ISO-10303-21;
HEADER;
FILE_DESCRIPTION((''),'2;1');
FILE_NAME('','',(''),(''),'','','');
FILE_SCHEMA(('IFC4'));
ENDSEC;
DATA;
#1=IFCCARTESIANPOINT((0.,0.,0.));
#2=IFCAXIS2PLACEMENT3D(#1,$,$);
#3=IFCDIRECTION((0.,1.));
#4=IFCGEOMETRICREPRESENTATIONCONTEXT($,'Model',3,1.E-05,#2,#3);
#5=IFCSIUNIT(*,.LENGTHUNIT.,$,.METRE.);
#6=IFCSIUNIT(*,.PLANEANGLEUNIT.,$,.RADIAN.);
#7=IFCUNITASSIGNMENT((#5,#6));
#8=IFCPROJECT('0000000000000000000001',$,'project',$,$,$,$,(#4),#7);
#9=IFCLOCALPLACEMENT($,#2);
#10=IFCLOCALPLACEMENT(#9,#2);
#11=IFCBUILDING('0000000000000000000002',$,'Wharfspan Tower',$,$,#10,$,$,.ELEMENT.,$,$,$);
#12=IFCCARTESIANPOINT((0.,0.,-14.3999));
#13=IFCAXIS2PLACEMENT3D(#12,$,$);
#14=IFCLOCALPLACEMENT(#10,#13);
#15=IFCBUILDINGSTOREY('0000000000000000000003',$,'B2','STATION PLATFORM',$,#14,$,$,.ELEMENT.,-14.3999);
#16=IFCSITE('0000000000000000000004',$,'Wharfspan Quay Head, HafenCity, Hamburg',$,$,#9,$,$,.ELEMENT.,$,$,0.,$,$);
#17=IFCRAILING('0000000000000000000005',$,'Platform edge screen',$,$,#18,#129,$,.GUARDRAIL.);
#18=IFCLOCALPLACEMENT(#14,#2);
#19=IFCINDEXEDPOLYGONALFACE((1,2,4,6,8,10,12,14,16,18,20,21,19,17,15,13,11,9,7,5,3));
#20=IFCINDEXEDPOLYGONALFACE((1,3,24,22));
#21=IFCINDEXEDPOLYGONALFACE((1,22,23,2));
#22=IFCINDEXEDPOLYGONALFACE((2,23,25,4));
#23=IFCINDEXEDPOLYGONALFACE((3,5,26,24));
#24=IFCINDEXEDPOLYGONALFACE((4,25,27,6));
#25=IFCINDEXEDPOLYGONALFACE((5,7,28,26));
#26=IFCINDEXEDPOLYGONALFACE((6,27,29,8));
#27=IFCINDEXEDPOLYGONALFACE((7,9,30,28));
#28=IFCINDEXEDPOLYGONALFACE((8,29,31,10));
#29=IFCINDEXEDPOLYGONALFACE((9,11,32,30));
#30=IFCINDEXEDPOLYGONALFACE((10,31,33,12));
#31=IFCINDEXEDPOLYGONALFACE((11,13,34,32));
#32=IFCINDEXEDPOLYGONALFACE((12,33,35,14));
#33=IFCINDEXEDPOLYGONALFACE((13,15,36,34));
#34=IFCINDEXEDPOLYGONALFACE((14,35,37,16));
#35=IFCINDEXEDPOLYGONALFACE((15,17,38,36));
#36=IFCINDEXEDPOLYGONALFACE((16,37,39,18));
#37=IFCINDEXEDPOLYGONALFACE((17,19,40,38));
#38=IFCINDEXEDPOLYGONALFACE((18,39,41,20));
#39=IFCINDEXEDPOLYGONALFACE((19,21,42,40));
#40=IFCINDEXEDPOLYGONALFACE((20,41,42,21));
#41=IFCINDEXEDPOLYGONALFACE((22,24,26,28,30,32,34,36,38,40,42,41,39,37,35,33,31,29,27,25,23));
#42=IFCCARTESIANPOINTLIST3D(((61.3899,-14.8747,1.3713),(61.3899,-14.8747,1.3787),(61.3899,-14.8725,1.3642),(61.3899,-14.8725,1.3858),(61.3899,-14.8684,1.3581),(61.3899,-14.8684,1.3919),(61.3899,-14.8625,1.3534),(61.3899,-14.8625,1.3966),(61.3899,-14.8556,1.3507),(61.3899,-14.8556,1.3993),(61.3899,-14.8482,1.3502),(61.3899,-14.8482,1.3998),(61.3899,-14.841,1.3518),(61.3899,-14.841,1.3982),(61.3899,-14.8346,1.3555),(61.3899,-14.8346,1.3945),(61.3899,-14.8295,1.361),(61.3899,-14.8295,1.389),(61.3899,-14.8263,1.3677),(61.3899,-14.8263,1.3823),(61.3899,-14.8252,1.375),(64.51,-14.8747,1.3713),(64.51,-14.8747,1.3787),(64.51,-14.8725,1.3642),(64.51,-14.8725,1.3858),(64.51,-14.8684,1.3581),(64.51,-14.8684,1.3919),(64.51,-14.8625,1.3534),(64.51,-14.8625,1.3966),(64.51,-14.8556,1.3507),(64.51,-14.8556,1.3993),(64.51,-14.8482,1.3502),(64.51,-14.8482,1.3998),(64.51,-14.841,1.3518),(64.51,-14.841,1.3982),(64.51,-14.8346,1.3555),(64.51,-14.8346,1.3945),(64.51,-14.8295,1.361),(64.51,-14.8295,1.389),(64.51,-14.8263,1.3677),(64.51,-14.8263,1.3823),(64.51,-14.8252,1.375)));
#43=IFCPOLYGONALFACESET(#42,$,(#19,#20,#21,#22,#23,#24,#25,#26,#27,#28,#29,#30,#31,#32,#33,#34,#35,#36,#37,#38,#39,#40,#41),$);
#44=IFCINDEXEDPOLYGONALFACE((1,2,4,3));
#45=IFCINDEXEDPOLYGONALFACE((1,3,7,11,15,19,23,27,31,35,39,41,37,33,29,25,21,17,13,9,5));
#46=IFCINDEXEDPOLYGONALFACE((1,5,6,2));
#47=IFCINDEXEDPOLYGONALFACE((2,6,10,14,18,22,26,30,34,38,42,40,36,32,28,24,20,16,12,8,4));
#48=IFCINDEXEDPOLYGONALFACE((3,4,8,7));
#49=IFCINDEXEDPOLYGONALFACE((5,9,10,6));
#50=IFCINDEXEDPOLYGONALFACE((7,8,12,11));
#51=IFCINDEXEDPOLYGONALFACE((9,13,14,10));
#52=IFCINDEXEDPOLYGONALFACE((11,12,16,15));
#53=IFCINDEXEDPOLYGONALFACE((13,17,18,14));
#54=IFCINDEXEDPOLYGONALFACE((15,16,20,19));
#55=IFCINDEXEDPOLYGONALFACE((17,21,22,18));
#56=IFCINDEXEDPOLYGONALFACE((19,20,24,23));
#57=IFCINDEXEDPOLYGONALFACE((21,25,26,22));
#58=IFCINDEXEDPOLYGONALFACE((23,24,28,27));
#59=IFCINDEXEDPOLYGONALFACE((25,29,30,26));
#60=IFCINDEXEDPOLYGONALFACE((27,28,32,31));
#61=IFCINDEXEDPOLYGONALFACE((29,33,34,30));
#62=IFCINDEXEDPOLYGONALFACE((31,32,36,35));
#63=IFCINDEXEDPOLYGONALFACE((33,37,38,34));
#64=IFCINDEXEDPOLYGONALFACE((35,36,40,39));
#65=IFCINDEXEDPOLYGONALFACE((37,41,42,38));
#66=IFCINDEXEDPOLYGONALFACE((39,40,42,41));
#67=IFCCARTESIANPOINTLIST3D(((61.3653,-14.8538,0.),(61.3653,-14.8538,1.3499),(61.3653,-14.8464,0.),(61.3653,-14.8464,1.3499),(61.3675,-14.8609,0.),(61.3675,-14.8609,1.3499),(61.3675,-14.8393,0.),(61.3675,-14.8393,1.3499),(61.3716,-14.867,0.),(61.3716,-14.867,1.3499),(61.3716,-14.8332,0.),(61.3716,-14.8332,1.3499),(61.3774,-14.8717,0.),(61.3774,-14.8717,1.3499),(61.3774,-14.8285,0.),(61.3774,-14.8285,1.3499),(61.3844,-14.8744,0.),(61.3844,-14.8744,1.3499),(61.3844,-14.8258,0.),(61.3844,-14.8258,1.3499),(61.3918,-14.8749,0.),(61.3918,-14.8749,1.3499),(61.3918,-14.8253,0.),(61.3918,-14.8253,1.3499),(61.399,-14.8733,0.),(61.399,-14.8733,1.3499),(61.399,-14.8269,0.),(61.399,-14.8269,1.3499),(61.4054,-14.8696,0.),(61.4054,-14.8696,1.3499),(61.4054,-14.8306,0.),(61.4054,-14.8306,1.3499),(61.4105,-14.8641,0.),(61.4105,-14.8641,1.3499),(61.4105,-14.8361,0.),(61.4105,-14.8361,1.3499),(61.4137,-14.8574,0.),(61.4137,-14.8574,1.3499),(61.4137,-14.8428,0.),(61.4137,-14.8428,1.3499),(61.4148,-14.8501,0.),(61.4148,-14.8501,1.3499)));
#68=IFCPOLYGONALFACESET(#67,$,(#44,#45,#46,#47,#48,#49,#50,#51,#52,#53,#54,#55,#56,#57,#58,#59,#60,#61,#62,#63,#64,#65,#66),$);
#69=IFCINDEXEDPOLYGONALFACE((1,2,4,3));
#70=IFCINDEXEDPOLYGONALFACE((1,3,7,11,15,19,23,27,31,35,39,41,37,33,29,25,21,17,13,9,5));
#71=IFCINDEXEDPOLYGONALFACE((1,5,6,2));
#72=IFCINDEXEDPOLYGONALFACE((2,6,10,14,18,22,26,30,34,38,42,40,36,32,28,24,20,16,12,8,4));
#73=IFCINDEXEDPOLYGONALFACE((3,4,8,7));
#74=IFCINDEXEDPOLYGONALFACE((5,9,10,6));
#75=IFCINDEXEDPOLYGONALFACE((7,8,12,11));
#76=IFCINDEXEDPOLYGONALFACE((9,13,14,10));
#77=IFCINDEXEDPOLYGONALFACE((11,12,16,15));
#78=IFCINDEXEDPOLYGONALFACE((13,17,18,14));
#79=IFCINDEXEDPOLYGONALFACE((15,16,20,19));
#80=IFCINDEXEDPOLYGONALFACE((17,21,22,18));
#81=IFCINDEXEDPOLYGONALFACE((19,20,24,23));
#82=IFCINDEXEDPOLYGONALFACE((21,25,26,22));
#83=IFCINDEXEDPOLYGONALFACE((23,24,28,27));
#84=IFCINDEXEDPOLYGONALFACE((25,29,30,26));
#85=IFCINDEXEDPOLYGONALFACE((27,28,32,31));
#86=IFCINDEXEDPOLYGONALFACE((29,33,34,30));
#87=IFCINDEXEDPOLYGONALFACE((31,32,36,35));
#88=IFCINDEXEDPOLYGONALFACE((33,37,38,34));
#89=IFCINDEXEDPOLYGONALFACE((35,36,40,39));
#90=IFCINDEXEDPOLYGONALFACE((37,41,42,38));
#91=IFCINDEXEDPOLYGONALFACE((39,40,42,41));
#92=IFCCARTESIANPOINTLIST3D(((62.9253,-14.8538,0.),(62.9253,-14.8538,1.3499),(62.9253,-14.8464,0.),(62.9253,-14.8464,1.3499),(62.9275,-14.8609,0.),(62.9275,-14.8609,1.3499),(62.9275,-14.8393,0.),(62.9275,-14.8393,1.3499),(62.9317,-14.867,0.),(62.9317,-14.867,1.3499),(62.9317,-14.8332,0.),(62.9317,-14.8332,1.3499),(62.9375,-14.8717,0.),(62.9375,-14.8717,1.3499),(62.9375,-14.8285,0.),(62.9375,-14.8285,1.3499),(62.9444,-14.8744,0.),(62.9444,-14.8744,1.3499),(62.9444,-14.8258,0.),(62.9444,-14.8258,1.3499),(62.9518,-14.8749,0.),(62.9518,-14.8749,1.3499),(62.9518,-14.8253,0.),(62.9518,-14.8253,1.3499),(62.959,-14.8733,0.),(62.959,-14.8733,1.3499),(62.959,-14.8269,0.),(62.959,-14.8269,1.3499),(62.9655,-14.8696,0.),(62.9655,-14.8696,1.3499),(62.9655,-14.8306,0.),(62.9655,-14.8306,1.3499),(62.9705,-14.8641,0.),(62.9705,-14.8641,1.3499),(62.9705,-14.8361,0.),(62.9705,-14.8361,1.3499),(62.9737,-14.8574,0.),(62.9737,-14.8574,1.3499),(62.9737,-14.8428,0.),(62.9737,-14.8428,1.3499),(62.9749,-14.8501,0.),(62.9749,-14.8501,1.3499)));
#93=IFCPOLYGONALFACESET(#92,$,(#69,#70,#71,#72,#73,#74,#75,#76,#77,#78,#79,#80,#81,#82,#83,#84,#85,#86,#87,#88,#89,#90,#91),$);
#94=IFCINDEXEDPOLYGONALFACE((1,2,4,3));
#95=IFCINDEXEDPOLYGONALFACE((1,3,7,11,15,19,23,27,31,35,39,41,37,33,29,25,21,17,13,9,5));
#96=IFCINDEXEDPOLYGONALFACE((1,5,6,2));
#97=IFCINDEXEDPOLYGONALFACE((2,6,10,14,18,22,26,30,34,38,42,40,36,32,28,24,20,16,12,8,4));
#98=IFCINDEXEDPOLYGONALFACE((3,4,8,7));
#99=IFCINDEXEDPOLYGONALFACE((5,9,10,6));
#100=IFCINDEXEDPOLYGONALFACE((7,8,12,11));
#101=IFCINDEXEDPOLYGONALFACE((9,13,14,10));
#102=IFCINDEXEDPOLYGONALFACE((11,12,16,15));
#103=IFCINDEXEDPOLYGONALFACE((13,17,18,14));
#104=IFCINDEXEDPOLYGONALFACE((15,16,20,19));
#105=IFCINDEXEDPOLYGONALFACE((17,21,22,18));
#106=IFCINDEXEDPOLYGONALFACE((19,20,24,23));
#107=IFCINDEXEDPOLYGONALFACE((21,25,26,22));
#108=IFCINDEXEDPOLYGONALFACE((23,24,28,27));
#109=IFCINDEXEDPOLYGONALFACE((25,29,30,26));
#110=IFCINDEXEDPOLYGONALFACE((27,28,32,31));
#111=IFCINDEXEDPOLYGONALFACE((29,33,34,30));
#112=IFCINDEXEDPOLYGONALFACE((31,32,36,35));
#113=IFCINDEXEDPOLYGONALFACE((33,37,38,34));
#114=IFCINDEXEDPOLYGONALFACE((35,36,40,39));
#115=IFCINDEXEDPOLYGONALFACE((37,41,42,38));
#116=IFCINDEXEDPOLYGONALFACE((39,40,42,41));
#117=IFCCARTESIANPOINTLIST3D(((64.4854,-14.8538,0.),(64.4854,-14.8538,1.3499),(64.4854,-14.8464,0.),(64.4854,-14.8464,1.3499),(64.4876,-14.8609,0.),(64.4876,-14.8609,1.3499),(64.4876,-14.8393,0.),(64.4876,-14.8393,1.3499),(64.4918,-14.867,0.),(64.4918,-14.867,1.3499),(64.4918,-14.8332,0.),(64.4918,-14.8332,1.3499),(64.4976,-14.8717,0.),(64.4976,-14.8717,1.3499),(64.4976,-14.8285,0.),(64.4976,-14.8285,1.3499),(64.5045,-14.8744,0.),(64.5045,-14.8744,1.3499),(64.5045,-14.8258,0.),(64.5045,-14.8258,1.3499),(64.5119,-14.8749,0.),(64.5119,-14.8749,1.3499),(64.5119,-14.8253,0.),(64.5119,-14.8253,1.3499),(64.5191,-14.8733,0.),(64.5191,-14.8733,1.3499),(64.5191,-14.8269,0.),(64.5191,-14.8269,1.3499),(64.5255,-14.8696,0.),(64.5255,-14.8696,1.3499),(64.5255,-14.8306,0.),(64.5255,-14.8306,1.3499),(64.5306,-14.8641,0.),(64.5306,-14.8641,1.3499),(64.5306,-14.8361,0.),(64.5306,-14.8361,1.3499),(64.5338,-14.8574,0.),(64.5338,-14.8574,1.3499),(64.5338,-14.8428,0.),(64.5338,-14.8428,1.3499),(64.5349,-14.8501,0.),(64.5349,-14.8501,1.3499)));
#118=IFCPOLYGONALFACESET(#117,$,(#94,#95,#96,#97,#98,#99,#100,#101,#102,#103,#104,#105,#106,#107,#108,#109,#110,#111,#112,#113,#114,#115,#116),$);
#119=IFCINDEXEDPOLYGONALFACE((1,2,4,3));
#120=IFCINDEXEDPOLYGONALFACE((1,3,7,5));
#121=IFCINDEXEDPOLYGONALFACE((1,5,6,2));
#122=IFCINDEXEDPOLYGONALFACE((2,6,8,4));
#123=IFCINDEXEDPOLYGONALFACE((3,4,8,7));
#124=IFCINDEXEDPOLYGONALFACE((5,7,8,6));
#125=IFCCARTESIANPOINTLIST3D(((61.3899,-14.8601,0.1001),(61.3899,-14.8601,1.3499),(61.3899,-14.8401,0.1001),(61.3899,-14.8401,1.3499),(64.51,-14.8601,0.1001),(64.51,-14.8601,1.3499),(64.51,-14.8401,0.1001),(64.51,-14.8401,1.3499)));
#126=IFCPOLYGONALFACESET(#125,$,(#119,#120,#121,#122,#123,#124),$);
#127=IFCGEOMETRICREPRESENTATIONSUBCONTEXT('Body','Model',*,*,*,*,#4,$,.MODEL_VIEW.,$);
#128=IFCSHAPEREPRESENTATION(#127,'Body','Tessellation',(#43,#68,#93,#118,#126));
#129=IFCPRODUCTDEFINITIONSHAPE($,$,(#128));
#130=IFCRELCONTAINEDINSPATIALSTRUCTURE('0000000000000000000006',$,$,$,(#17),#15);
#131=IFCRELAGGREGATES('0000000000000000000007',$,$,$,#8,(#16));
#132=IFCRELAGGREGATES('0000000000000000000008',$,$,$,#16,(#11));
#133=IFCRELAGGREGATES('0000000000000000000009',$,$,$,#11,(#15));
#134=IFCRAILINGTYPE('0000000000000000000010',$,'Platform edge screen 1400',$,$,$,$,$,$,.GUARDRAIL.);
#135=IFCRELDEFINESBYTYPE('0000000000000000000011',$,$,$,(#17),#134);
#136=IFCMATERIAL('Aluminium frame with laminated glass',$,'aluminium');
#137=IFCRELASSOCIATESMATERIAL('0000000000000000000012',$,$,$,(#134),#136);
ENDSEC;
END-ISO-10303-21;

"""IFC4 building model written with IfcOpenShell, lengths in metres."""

from ifc_helpers import new_model, si_unit, direction, frame, origin, origin_2d, place, context, subcontext, project, spatial, rectangle, circle, extrude, material, type_object, element, save


model = new_model("IFC4")

# Units and contexts
model_context = context("Model", 3, precision=1e-05, world=origin(), true_north=direction((0.0, 1.0)))
body_context = subcontext(model_context, "Body", "Model", "MODEL_VIEW")
ifc_project = project(units=[si_unit("LENGTHUNIT", "METRE"), si_unit("PLANEANGLEUNIT", "RADIAN")], contexts=[model_context])

# Site, building, storey
site_placement = place(None, origin())
site = spatial("IfcSite", under=ifc_project, at=site_placement, Name="Wharfspan Quay Head, HafenCity, Hamburg", CompositionType="ELEMENT", RefElevation=0.0)
building_placement = place(site_placement, origin())
building = spatial("IfcBuilding", under=site, at=building_placement, Name="Wharfspan Tower", CompositionType="ELEMENT")
storey_placement = place(building_placement, frame((0.0, 0.0, -14.3999)))
storey = spatial("IfcBuildingStorey", under=building, at=storey_placement, Name="B2", Description="STATION PLATFORM", CompositionType="ELEMENT", Elevation=-14.3999)

# Railing
ifc_material_1 = material(Name="Aluminium frame with laminated glass", Category="aluminium")
railing_type_1 = type_object("IfcRailingType", Name="Platform edge screen 1400", PredefinedType="GUARDRAIL", material=ifc_material_1)
for number, where, name in (
    (1, (61.3899, -14.8501, 0.0), "Platform edge screen"),
):
    element("IfcRailing", number, at=place(storey_placement, frame(where)), inside=storey, type_object=railing_type_1, Name=name, PredefinedType="GUARDRAIL", context=body_context, shape_type="SweptSolid", body=[
        extrude(circle(Radius=0.0249, at=origin_2d()), frame((0.0, 0.0, 1.375), z_axis=(1.0, 0.0, 0.0), x_axis=(0.0, 1.0, 0.0)), (0.0, 0.0, 1.0), 3.1201),
        extrude(circle(Radius=0.0249, at=origin_2d()), origin(), (0.0, 0.0, 1.0), 1.3499),
        extrude(circle(Radius=0.0249, at=origin_2d()), frame((1.5601, 0.0, 0.0)), (0.0, 0.0, 1.0), 1.3499),
        extrude(circle(Radius=0.0249, at=origin_2d()), frame((3.1201, 0.0, 0.0)), (0.0, 0.0, 1.0), 1.3499),
        extrude(rectangle(XDim=3.1201, YDim=0.02, at=origin_2d()), frame((1.5601, 0.0, 0.1001), z_axis=(0.0, 0.0, 1.0), x_axis=(1.0, 0.0, 0.0)), (0.0, 0.0, 1.0), 1.2498),
    ])

save(model, "model.ifc")
